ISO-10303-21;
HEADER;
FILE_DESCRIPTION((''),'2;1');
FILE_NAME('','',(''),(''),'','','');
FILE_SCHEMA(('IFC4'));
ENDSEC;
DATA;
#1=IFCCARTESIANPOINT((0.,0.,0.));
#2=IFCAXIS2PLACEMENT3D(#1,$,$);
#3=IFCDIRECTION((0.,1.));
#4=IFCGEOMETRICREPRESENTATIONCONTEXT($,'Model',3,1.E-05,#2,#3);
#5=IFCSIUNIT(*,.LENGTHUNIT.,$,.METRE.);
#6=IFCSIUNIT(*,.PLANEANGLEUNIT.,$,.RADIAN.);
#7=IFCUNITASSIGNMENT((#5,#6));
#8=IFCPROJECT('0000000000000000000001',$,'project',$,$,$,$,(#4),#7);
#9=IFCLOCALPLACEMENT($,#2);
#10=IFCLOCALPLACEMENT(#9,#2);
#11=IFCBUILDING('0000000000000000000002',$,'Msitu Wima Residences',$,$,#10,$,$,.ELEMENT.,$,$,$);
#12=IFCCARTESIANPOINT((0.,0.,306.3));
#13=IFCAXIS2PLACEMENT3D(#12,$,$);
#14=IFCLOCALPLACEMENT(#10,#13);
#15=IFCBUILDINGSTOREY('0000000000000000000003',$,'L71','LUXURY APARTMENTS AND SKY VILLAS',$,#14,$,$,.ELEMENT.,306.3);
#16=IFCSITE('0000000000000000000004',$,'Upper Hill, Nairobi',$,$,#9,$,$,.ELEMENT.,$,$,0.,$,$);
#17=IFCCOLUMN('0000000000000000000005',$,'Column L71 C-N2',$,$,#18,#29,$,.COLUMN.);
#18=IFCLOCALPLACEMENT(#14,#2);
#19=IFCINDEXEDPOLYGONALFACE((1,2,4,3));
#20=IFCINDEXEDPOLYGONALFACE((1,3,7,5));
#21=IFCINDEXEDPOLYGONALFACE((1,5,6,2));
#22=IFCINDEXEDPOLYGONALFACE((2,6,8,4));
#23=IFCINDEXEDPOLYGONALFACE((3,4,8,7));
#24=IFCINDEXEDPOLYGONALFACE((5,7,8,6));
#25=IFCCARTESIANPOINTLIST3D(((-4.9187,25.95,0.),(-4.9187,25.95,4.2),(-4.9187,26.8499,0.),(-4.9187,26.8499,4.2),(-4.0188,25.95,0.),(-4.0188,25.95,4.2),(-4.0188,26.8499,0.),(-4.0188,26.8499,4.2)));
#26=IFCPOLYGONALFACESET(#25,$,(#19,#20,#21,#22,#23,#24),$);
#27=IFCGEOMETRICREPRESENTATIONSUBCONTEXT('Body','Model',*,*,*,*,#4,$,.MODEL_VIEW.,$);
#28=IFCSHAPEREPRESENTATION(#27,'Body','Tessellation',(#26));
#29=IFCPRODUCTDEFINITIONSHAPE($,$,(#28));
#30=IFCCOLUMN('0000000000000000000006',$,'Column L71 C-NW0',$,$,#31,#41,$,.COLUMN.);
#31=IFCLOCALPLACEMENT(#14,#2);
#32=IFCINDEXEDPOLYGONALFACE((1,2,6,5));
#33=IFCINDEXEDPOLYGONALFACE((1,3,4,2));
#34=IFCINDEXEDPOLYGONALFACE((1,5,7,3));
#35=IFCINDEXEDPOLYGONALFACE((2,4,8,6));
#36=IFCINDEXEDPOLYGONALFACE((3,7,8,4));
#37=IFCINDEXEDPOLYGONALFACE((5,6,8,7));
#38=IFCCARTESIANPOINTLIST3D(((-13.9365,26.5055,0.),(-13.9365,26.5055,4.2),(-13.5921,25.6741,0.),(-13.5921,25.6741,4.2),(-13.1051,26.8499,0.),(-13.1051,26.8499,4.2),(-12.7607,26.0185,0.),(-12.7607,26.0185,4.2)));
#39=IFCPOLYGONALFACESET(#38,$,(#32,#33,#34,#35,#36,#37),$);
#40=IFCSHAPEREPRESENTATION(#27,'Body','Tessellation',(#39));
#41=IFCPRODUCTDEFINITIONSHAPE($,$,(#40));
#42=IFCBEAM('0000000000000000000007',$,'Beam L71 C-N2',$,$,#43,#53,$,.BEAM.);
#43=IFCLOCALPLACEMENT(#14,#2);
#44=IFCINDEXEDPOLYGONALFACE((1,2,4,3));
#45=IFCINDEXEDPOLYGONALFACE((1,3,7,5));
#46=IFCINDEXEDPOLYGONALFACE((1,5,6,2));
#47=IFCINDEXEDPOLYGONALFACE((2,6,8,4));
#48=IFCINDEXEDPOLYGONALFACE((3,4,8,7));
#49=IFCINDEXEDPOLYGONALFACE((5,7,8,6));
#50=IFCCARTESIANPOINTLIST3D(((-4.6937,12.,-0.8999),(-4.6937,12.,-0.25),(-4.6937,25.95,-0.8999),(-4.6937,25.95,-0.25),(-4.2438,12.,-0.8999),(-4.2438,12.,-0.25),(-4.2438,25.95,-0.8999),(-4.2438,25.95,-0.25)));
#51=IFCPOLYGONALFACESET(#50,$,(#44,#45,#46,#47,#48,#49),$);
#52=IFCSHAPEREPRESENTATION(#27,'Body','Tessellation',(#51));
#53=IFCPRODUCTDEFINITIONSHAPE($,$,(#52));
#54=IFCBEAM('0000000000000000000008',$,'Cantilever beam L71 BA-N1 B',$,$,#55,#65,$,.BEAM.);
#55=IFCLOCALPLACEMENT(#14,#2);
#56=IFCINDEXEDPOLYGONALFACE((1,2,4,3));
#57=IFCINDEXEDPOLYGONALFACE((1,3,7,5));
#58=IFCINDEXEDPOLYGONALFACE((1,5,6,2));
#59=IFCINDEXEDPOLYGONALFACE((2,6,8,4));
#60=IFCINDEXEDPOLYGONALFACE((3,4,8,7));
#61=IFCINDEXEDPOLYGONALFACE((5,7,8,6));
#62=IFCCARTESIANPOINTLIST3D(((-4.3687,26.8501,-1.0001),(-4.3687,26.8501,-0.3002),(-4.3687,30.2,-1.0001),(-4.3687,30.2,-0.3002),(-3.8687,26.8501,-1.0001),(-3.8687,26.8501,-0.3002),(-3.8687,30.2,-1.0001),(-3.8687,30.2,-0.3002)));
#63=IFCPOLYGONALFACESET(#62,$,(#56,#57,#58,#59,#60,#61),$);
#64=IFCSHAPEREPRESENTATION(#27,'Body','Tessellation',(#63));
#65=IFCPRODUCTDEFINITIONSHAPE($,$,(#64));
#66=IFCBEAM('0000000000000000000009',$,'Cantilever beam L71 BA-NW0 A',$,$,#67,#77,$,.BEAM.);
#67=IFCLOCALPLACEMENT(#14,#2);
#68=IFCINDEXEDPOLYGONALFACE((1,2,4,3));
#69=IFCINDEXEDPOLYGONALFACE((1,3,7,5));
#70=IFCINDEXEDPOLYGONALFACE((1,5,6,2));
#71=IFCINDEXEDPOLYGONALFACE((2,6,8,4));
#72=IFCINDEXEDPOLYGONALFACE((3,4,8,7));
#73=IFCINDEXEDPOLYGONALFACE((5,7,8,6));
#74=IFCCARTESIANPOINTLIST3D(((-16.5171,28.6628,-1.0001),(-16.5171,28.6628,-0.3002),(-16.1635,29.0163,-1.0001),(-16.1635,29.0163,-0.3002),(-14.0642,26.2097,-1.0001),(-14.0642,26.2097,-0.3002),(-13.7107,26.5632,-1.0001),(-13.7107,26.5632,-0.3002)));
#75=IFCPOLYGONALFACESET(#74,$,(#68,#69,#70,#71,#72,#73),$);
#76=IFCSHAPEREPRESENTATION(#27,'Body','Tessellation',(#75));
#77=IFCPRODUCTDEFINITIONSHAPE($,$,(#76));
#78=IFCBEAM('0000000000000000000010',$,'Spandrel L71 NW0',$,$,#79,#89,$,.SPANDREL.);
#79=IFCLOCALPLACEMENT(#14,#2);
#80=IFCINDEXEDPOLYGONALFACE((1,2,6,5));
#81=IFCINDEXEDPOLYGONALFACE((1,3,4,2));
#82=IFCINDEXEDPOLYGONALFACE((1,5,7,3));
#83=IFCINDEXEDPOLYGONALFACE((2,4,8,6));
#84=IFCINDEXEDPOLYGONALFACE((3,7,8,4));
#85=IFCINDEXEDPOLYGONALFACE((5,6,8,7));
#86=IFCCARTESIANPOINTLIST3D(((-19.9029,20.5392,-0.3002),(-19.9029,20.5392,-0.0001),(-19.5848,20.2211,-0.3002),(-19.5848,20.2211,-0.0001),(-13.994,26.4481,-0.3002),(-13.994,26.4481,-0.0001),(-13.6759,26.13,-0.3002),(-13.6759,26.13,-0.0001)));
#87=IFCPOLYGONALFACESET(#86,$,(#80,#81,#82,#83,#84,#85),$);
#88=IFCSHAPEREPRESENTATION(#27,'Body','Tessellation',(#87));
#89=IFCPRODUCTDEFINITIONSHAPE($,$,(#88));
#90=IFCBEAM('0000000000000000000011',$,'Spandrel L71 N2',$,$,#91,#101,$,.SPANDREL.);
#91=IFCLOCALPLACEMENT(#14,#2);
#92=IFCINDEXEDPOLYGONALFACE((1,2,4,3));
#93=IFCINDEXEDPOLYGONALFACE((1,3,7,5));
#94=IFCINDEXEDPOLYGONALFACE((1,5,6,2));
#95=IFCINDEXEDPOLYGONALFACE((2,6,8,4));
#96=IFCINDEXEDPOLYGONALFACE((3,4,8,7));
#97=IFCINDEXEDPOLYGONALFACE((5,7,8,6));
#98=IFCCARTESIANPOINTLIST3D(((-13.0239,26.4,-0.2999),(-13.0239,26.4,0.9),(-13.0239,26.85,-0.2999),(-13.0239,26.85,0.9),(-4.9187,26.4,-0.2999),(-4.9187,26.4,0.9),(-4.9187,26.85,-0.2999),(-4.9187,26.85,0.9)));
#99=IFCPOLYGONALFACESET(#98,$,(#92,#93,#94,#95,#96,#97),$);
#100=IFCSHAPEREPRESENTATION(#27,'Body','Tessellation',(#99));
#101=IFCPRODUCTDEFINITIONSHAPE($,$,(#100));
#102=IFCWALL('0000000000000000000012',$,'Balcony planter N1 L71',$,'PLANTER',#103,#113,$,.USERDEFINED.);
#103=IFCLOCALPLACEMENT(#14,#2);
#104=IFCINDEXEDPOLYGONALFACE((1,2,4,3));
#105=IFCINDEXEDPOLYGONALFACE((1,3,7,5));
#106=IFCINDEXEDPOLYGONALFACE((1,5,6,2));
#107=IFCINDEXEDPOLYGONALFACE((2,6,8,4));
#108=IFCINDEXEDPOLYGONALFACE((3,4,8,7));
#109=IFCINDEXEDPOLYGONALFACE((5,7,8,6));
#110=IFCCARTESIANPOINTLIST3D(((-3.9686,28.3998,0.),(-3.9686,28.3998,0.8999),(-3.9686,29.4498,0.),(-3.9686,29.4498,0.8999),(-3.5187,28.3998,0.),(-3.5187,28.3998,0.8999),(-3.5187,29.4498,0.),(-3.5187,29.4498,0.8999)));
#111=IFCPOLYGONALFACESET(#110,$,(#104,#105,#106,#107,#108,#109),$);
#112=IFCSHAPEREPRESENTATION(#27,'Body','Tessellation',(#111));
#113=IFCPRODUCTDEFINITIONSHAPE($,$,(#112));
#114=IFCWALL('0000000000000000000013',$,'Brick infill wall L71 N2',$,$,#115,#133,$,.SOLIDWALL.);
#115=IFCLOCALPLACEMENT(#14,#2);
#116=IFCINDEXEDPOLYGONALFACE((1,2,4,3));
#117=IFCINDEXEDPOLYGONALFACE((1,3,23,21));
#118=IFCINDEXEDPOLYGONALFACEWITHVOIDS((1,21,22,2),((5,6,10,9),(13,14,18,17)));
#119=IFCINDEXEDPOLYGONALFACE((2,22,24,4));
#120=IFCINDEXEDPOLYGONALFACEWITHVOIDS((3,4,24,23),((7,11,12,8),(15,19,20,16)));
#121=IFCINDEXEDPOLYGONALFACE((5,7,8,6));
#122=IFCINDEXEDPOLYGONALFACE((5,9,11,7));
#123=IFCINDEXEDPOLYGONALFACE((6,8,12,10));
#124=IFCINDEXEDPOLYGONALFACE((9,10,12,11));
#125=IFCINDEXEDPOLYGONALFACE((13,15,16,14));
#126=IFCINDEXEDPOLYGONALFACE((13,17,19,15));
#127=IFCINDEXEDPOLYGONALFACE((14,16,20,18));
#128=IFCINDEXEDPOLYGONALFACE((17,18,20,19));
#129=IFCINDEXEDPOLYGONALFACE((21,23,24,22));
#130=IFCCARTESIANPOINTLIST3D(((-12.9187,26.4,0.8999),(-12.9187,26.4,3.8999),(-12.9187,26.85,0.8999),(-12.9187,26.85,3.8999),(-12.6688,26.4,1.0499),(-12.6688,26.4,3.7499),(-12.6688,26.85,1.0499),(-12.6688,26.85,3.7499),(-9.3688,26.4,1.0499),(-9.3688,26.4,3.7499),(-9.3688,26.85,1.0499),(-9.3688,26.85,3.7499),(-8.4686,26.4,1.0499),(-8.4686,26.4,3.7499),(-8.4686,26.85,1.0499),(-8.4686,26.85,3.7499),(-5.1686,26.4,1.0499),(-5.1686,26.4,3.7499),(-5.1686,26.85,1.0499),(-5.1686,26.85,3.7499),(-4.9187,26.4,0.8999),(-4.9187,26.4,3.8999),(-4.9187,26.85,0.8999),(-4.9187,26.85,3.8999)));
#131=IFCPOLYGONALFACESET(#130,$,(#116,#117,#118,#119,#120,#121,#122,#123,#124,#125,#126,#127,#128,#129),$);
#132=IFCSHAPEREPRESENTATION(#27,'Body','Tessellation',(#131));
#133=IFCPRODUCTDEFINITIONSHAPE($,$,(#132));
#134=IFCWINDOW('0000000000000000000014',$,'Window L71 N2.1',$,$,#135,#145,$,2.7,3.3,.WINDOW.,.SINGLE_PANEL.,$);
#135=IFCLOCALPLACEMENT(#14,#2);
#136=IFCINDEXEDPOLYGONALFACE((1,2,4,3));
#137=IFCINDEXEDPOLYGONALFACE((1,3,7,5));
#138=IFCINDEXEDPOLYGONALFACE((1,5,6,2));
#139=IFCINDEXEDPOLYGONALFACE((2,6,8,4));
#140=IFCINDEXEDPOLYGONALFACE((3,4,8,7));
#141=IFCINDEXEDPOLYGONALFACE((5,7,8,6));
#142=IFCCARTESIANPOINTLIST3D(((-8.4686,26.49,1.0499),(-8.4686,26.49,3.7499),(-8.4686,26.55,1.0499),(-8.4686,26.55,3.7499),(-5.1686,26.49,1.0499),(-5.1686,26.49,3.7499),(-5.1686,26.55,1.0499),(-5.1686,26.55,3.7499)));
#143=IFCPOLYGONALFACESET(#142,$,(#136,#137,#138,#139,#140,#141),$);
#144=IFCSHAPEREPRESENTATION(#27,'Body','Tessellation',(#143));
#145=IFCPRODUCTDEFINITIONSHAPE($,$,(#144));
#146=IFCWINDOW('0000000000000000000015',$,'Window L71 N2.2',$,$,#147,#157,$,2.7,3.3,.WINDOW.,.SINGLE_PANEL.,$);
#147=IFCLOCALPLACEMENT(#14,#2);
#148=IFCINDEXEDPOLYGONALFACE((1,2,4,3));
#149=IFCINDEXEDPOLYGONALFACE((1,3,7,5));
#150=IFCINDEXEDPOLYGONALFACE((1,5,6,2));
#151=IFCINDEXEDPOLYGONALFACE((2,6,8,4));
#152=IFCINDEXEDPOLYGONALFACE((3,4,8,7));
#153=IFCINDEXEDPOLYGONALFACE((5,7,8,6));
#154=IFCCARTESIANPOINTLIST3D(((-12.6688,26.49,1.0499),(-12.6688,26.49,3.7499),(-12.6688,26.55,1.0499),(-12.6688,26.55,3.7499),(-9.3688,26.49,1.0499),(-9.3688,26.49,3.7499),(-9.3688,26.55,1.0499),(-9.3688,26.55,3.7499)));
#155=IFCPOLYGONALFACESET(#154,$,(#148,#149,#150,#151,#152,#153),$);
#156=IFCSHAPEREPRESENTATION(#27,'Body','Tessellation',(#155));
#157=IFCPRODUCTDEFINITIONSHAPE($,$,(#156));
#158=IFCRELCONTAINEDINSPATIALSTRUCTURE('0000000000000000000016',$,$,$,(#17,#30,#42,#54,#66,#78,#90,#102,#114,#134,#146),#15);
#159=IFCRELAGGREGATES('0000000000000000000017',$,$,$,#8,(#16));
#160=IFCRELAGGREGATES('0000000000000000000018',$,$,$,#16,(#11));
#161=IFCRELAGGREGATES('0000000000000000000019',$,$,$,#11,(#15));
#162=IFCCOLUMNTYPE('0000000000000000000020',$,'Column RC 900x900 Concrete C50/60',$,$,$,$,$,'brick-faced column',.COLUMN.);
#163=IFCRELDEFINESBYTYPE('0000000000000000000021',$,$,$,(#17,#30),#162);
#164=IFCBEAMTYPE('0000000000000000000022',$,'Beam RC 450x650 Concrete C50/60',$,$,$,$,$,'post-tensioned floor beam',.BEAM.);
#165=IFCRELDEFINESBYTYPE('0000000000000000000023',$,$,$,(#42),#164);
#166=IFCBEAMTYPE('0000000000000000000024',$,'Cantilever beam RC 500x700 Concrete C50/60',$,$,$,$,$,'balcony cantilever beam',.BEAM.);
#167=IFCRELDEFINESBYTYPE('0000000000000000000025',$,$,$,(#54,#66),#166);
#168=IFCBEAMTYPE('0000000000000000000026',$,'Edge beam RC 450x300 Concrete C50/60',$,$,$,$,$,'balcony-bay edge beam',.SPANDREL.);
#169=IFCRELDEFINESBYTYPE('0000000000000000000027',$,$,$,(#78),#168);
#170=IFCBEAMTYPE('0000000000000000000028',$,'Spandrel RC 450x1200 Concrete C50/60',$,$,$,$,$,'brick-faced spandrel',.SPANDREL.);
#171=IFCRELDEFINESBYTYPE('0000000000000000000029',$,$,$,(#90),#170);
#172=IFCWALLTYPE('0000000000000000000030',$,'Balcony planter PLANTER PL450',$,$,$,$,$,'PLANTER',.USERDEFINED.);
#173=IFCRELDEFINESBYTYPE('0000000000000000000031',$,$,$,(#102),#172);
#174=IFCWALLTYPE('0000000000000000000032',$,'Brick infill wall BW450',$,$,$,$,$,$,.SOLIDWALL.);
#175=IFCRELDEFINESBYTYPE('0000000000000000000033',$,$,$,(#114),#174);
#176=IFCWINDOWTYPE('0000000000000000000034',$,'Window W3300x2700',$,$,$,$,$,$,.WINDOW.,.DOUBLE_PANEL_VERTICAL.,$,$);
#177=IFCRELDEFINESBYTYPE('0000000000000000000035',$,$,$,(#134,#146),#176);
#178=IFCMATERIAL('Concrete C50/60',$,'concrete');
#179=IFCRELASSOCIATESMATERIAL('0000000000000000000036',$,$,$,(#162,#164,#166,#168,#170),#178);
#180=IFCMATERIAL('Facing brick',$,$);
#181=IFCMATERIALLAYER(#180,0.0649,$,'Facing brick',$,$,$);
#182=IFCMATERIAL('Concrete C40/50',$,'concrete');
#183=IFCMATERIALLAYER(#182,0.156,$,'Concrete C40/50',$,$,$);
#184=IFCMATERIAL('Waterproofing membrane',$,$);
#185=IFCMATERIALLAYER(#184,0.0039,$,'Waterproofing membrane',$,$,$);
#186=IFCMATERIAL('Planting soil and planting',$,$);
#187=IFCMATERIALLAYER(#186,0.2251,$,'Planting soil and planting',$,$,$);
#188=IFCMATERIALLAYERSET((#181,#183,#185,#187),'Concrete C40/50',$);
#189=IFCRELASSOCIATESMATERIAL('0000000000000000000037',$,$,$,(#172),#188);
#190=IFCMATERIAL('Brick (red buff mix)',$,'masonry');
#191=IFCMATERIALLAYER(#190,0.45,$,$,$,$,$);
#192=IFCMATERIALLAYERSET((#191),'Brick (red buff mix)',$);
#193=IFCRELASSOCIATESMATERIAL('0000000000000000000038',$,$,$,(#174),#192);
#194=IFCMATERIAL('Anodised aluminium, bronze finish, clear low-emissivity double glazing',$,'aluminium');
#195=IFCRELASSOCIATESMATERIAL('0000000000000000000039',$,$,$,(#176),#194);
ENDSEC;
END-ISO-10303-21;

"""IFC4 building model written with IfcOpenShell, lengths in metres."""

from ifc_helpers import new_model, si_unit, direction, frame, frame_2d, origin, origin_2d, place, context, subcontext, project, spatial, rectangle, extrude, material, layer, layer_set, material_profile, profile_set, type_object, element, fill, save


model = new_model("IFC4")

# Units and contexts
model_context = context("Model", 3, precision=1e-05, world=origin(), true_north=direction((0.0, 1.0)))
body_context = subcontext(model_context, "Body", "Model", "MODEL_VIEW")
ifc_project = project(units=[si_unit("LENGTHUNIT", "METRE"), si_unit("PLANEANGLEUNIT", "RADIAN")], contexts=[model_context])

# Site, building, storey
site_placement = place(None, origin())
site = spatial("IfcSite", under=ifc_project, at=site_placement, Name="Upper Hill, Nairobi", CompositionType="ELEMENT", RefElevation=0.0)
building_placement = place(site_placement, origin())
building = spatial("IfcBuilding", under=site, at=building_placement, Name="Msitu Wima Residences", CompositionType="ELEMENT")
storey_placement = place(building_placement, frame((0.0, 0.0, 306.3)))
storey = spatial("IfcBuildingStorey", under=building, at=storey_placement, Name="L71", Description="LUXURY APARTMENTS AND SKY VILLAS", CompositionType="ELEMENT", Elevation=306.3)

# Columns
ifc_material_1 = material(Name="Concrete C50/60", Category="concrete")
ifc_material_profile_1 = material_profile(ifc_material_1, rectangle(XDim=0.8999, YDim=0.8999, at=origin_2d()), Name="RC 900x900")
ifc_profile_set_1 = profile_set([ifc_material_profile_1], Name="Concrete C50/60")
column_type = type_object("IfcColumnType", Name="Column RC 900x900 Concrete C50/60", ElementType="brick-faced column", PredefinedType="COLUMN", material=ifc_profile_set_1)
for number, where, z_axis, x_axis, name in (
    (1, (-4.4688, 26.3999, 0.0), (0.0, 0.0, 1.0), (-1.0, 0.0, 0.0), "Column L71 C-N2"),
    (2, (-13.3486, 26.262, 0.0), (0.0, 0.0, 1.0), (-0.92388, -0.382683, 0.0), "Column L71 C-NW0"),
):
    element("IfcColumn", number, at=place(storey_placement, frame(where, z_axis=z_axis, x_axis=x_axis)), inside=storey, type_object=column_type, Name=name, PredefinedType="COLUMN", context=body_context, shape_type="SweptSolid", body=[
        extrude(rectangle(XDim=0.8999, YDim=0.8999, at=origin_2d()), origin(), (0.0, 0.0, 1.0), 4.2),
    ])

# Beams
ifc_material_profile_2 = material_profile(ifc_material_1, rectangle(XDim=0.45, YDim=0.6499, at=origin_2d()), Name="RC 450x650")
ifc_profile_set_2 = profile_set([ifc_material_profile_2], Name="Concrete C50/60")
beam_type_1 = type_object("IfcBeamType", Name="Beam RC 450x650 Concrete C50/60", ElementType="post-tensioned floor beam", PredefinedType="BEAM", material=ifc_profile_set_2)
beam_1_placement = place(storey_placement, frame((-4.4688, 25.95, -0.575), z_axis=(0.0, -1.0, 0.0), x_axis=(1.0, 0.0, 0.0)))
element("IfcBeam", 3, at=beam_1_placement, inside=storey, type_object=beam_type_1, Name="Beam L71 C-N2", PredefinedType="BEAM", context=body_context, shape_type="SweptSolid", body=[
    extrude(rectangle(XDim=0.45, YDim=0.6499, at=origin_2d()), origin(), (0.0, 0.0, 1.0), 13.95),
])
ifc_material_profile_3 = material_profile(ifc_material_1, rectangle(XDim=0.5, YDim=0.7, at=origin_2d()), Name="RC 500x700")
ifc_profile_set_3 = profile_set([ifc_material_profile_3], Name="Concrete C50/60")
beam_type_2 = type_object("IfcBeamType", Name="Cantilever beam RC 500x700 Concrete C50/60", ElementType="balcony cantilever beam", PredefinedType="BEAM", material=ifc_profile_set_3)
beam_2_placement = place(storey_placement, frame((-4.1187, 26.8501, -0.6501), z_axis=(0.0, 1.0, 0.0), x_axis=(-1.0, 0.0, 0.0)))
element("IfcBeam", 4, at=beam_2_placement, inside=storey, type_object=beam_type_2, Name="Cantilever beam L71 BA-N1 B", PredefinedType="BEAM", context=body_context, shape_type="SweptSolid", body=[
    extrude(rectangle(XDim=0.5, YDim=0.7, at=origin_2d()), origin(), (0.0, 0.0, 1.0), 3.3499),
])
beam_3_placement = place(storey_placement, frame((-13.8875, 26.3865, -0.6501), z_axis=(-0.707072, 0.707142, 0.0), x_axis=(-0.707142, -0.707072, 0.0)))
element("IfcBeam", 5, at=beam_3_placement, inside=storey, type_object=beam_type_2, Name="Cantilever beam L71 BA-NW0 A", PredefinedType="BEAM", context=body_context, shape_type="SweptSolid", body=[
    extrude(rectangle(XDim=0.5, YDim=0.7, at=origin_2d()), origin(), (0.0, 0.0, 1.0), 3.469),
])
ifc_material_profile_4 = material_profile(ifc_material_1, rectangle(XDim=0.45, YDim=0.3, at=origin_2d()), Name="RC 450x300")
ifc_profile_set_4 = profile_set([ifc_material_profile_4], Name="Concrete C50/60")
beam_type_3 = type_object("IfcBeamType", Name="Edge beam RC 450x300 Concrete C50/60", ElementType="balcony-bay edge beam", PredefinedType="SPANDREL", material=ifc_profile_set_4)
beam_4_placement = place(storey_placement, frame((-13.835, 26.2891, -0.1501), z_axis=(-0.707107, -0.707107, 0.0), x_axis=(0.707107, -0.707107, 0.0)))
element("IfcBeam", 6, at=beam_4_placement, inside=storey, type_object=beam_type_3, Name="Spandrel L71 NW0", PredefinedType="SPANDREL", context=body_context, shape_type="SweptSolid", body=[
    extrude(rectangle(XDim=0.45, YDim=0.3, at=origin_2d()), origin(), (0.0, 0.0, 1.0), 8.3564),
])
ifc_material_profile_5 = material_profile(ifc_material_1, rectangle(XDim=0.45, YDim=1.2, at=origin_2d()), Name="RC 450x1200")
ifc_profile_set_5 = profile_set([ifc_material_profile_5], Name="Concrete C50/60")
beam_type_4 = type_object("IfcBeamType", Name="Spandrel RC 450x1200 Concrete C50/60", ElementType="brick-faced spandrel", PredefinedType="SPANDREL", material=ifc_profile_set_5)
beam_5_placement = place(storey_placement, frame((-4.9187, 26.625, 0.3), z_axis=(-1.0, 0.0, 0.0), x_axis=(0.0, -1.0, 0.0)))
element("IfcBeam", 7, at=beam_5_placement, inside=storey, type_object=beam_type_4, Name="Spandrel L71 N2", PredefinedType="SPANDREL", context=body_context, shape_type="SweptSolid", body=[
    extrude(rectangle(XDim=0.45, YDim=1.2, at=origin_2d()), origin(), (0.0, 0.0, 1.0), 8.1052),
])

# Wall
ifc_material_2 = material(Name="Facing brick")
ifc_layer_1 = layer(ifc_material_2, 0.0649, Name="Facing brick")
ifc_material_3 = material(Name="Concrete C40/50", Category="concrete")
ifc_layer_2 = layer(ifc_material_3, 0.156, Name="Concrete C40/50")
ifc_material_4 = material(Name="Waterproofing membrane")
ifc_layer_3 = layer(ifc_material_4, 0.0039, Name="Waterproofing membrane")
ifc_material_5 = material(Name="Planting soil and planting")
ifc_layer_4 = layer(ifc_material_5, 0.2251, Name="Planting soil and planting")
ifc_layer_set_1 = layer_set([ifc_layer_1, ifc_layer_2, ifc_layer_3, ifc_layer_4], Name="Concrete C40/50")
wall_type_1 = type_object("IfcWallType", Name="Balcony planter PLANTER PL450", ElementType="PLANTER", PredefinedType="USERDEFINED", material=ifc_layer_set_1)
wall_1_placement = place(storey_placement, frame((-3.7437, 28.3999, 0.0), z_axis=(0.0, 0.0, 1.0), x_axis=(0.0, 1.0, 0.0)))
element("IfcWall", 8, at=wall_1_placement, inside=storey, type_object=wall_type_1, Name="Balcony planter N1 L71", ObjectType="PLANTER", PredefinedType="USERDEFINED", context=body_context, shape_type="SweptSolid", body=[
    extrude(rectangle(XDim=1.05, YDim=0.45, at=frame_2d((0.5249, 0.0))), origin(), (0.0, 0.0, 1.0), 0.8999),
])

# Wall, openings, windows
ifc_material_6 = material(Name="Brick (red buff mix)", Category="masonry")
ifc_layer_5 = layer(ifc_material_6, 0.45)
ifc_layer_set_2 = layer_set([ifc_layer_5], Name="Brick (red buff mix)")
wall_type_2 = type_object("IfcWallType", Name="Brick infill wall BW450", PredefinedType="SOLIDWALL", material=ifc_layer_set_2)
wall_2_placement = place(storey_placement, frame((-4.9187, 26.625, 0.8999), z_axis=(0.0, 0.0, 1.0), x_axis=(-1.0, 0.0, 0.0)))
wall_2 = element("IfcWall", 9, at=wall_2_placement, inside=storey, type_object=wall_type_2, Name="Brick infill wall L71 N2", PredefinedType="SOLIDWALL", context=body_context, shape_type="SweptSolid", body=[
    extrude(rectangle(XDim=8.0, YDim=0.45, at=frame_2d((4.0, 0.0))), origin(), (0.0, 0.0, 1.0), 3.0),
])
opening_1_placement = place(wall_2_placement, frame((0.25, 0.0, 0.1499)))
opening_1 = element("IfcOpeningElement", 10, at=opening_1_placement, cuts=wall_2, PredefinedType="OPENING", context=body_context, shape_type="SweptSolid", body=[
    extrude(rectangle(XDim=3.3, YDim=2.7, at=frame_2d((1.6499, 1.3501))), frame((0.0, 0.2349, 0.0), z_axis=(0.0, -1.0, 0.0), x_axis=(1.0, 0.0, 0.0)), (0.0, 0.0, 1.0), 0.47),
])
opening_2_placement = place(wall_2_placement, frame((4.4502, 0.0, 0.1499)))
opening_2 = element("IfcOpeningElement", 11, at=opening_2_placement, cuts=wall_2, PredefinedType="OPENING", context=body_context, shape_type="SweptSolid", body=[
    extrude(rectangle(XDim=3.3, YDim=2.7, at=frame_2d((1.6499, 1.3501))), frame((0.0, 0.2349, 0.0), z_axis=(0.0, -1.0, 0.0), x_axis=(1.0, 0.0, 0.0)), (0.0, 0.0, 1.0), 0.47),
])
ifc_material_7 = material(Name="Anodised aluminium, bronze finish, clear low-emissivity double glazing", Category="aluminium")
window_type = type_object("IfcWindowType", Name="Window W3300x2700", PartitioningType="DOUBLE_PANEL_VERTICAL", PredefinedType="WINDOW", material=ifc_material_7)
window_1_placement = place(opening_1_placement, origin())
window_1 = element("IfcWindow", 12, at=window_1_placement, inside=storey, type_object=window_type, Name="Window L71 N2.1", OverallHeight=2.7, OverallWidth=3.3, PartitioningType="SINGLE_PANEL", PredefinedType="WINDOW", context=body_context, shape_type="SweptSolid", body=[
    extrude(rectangle(XDim=3.3, YDim=2.7, at=frame_2d((1.6499, 1.3501))), frame((0.0, 0.135, 0.0), z_axis=(0.0, -1.0, 0.0), x_axis=(1.0, 0.0, 0.0)), (0.0, 0.0, 1.0), 0.0601),
])
fill(opening_1, window_1)
window_2_placement = place(opening_2_placement, origin())
window_2 = element("IfcWindow", 13, at=window_2_placement, inside=storey, type_object=window_type, Name="Window L71 N2.2", OverallHeight=2.7, OverallWidth=3.3, PartitioningType="SINGLE_PANEL", PredefinedType="WINDOW", context=body_context, shape_type="SweptSolid", body=[
    extrude(rectangle(XDim=3.3, YDim=2.7, at=frame_2d((1.6499, 1.3501))), frame((0.0, 0.135, 0.0), z_axis=(0.0, -1.0, 0.0), x_axis=(1.0, 0.0, 0.0)), (0.0, 0.0, 1.0), 0.0601),
])
fill(opening_2, window_2)

save(model, "model.ifc")
